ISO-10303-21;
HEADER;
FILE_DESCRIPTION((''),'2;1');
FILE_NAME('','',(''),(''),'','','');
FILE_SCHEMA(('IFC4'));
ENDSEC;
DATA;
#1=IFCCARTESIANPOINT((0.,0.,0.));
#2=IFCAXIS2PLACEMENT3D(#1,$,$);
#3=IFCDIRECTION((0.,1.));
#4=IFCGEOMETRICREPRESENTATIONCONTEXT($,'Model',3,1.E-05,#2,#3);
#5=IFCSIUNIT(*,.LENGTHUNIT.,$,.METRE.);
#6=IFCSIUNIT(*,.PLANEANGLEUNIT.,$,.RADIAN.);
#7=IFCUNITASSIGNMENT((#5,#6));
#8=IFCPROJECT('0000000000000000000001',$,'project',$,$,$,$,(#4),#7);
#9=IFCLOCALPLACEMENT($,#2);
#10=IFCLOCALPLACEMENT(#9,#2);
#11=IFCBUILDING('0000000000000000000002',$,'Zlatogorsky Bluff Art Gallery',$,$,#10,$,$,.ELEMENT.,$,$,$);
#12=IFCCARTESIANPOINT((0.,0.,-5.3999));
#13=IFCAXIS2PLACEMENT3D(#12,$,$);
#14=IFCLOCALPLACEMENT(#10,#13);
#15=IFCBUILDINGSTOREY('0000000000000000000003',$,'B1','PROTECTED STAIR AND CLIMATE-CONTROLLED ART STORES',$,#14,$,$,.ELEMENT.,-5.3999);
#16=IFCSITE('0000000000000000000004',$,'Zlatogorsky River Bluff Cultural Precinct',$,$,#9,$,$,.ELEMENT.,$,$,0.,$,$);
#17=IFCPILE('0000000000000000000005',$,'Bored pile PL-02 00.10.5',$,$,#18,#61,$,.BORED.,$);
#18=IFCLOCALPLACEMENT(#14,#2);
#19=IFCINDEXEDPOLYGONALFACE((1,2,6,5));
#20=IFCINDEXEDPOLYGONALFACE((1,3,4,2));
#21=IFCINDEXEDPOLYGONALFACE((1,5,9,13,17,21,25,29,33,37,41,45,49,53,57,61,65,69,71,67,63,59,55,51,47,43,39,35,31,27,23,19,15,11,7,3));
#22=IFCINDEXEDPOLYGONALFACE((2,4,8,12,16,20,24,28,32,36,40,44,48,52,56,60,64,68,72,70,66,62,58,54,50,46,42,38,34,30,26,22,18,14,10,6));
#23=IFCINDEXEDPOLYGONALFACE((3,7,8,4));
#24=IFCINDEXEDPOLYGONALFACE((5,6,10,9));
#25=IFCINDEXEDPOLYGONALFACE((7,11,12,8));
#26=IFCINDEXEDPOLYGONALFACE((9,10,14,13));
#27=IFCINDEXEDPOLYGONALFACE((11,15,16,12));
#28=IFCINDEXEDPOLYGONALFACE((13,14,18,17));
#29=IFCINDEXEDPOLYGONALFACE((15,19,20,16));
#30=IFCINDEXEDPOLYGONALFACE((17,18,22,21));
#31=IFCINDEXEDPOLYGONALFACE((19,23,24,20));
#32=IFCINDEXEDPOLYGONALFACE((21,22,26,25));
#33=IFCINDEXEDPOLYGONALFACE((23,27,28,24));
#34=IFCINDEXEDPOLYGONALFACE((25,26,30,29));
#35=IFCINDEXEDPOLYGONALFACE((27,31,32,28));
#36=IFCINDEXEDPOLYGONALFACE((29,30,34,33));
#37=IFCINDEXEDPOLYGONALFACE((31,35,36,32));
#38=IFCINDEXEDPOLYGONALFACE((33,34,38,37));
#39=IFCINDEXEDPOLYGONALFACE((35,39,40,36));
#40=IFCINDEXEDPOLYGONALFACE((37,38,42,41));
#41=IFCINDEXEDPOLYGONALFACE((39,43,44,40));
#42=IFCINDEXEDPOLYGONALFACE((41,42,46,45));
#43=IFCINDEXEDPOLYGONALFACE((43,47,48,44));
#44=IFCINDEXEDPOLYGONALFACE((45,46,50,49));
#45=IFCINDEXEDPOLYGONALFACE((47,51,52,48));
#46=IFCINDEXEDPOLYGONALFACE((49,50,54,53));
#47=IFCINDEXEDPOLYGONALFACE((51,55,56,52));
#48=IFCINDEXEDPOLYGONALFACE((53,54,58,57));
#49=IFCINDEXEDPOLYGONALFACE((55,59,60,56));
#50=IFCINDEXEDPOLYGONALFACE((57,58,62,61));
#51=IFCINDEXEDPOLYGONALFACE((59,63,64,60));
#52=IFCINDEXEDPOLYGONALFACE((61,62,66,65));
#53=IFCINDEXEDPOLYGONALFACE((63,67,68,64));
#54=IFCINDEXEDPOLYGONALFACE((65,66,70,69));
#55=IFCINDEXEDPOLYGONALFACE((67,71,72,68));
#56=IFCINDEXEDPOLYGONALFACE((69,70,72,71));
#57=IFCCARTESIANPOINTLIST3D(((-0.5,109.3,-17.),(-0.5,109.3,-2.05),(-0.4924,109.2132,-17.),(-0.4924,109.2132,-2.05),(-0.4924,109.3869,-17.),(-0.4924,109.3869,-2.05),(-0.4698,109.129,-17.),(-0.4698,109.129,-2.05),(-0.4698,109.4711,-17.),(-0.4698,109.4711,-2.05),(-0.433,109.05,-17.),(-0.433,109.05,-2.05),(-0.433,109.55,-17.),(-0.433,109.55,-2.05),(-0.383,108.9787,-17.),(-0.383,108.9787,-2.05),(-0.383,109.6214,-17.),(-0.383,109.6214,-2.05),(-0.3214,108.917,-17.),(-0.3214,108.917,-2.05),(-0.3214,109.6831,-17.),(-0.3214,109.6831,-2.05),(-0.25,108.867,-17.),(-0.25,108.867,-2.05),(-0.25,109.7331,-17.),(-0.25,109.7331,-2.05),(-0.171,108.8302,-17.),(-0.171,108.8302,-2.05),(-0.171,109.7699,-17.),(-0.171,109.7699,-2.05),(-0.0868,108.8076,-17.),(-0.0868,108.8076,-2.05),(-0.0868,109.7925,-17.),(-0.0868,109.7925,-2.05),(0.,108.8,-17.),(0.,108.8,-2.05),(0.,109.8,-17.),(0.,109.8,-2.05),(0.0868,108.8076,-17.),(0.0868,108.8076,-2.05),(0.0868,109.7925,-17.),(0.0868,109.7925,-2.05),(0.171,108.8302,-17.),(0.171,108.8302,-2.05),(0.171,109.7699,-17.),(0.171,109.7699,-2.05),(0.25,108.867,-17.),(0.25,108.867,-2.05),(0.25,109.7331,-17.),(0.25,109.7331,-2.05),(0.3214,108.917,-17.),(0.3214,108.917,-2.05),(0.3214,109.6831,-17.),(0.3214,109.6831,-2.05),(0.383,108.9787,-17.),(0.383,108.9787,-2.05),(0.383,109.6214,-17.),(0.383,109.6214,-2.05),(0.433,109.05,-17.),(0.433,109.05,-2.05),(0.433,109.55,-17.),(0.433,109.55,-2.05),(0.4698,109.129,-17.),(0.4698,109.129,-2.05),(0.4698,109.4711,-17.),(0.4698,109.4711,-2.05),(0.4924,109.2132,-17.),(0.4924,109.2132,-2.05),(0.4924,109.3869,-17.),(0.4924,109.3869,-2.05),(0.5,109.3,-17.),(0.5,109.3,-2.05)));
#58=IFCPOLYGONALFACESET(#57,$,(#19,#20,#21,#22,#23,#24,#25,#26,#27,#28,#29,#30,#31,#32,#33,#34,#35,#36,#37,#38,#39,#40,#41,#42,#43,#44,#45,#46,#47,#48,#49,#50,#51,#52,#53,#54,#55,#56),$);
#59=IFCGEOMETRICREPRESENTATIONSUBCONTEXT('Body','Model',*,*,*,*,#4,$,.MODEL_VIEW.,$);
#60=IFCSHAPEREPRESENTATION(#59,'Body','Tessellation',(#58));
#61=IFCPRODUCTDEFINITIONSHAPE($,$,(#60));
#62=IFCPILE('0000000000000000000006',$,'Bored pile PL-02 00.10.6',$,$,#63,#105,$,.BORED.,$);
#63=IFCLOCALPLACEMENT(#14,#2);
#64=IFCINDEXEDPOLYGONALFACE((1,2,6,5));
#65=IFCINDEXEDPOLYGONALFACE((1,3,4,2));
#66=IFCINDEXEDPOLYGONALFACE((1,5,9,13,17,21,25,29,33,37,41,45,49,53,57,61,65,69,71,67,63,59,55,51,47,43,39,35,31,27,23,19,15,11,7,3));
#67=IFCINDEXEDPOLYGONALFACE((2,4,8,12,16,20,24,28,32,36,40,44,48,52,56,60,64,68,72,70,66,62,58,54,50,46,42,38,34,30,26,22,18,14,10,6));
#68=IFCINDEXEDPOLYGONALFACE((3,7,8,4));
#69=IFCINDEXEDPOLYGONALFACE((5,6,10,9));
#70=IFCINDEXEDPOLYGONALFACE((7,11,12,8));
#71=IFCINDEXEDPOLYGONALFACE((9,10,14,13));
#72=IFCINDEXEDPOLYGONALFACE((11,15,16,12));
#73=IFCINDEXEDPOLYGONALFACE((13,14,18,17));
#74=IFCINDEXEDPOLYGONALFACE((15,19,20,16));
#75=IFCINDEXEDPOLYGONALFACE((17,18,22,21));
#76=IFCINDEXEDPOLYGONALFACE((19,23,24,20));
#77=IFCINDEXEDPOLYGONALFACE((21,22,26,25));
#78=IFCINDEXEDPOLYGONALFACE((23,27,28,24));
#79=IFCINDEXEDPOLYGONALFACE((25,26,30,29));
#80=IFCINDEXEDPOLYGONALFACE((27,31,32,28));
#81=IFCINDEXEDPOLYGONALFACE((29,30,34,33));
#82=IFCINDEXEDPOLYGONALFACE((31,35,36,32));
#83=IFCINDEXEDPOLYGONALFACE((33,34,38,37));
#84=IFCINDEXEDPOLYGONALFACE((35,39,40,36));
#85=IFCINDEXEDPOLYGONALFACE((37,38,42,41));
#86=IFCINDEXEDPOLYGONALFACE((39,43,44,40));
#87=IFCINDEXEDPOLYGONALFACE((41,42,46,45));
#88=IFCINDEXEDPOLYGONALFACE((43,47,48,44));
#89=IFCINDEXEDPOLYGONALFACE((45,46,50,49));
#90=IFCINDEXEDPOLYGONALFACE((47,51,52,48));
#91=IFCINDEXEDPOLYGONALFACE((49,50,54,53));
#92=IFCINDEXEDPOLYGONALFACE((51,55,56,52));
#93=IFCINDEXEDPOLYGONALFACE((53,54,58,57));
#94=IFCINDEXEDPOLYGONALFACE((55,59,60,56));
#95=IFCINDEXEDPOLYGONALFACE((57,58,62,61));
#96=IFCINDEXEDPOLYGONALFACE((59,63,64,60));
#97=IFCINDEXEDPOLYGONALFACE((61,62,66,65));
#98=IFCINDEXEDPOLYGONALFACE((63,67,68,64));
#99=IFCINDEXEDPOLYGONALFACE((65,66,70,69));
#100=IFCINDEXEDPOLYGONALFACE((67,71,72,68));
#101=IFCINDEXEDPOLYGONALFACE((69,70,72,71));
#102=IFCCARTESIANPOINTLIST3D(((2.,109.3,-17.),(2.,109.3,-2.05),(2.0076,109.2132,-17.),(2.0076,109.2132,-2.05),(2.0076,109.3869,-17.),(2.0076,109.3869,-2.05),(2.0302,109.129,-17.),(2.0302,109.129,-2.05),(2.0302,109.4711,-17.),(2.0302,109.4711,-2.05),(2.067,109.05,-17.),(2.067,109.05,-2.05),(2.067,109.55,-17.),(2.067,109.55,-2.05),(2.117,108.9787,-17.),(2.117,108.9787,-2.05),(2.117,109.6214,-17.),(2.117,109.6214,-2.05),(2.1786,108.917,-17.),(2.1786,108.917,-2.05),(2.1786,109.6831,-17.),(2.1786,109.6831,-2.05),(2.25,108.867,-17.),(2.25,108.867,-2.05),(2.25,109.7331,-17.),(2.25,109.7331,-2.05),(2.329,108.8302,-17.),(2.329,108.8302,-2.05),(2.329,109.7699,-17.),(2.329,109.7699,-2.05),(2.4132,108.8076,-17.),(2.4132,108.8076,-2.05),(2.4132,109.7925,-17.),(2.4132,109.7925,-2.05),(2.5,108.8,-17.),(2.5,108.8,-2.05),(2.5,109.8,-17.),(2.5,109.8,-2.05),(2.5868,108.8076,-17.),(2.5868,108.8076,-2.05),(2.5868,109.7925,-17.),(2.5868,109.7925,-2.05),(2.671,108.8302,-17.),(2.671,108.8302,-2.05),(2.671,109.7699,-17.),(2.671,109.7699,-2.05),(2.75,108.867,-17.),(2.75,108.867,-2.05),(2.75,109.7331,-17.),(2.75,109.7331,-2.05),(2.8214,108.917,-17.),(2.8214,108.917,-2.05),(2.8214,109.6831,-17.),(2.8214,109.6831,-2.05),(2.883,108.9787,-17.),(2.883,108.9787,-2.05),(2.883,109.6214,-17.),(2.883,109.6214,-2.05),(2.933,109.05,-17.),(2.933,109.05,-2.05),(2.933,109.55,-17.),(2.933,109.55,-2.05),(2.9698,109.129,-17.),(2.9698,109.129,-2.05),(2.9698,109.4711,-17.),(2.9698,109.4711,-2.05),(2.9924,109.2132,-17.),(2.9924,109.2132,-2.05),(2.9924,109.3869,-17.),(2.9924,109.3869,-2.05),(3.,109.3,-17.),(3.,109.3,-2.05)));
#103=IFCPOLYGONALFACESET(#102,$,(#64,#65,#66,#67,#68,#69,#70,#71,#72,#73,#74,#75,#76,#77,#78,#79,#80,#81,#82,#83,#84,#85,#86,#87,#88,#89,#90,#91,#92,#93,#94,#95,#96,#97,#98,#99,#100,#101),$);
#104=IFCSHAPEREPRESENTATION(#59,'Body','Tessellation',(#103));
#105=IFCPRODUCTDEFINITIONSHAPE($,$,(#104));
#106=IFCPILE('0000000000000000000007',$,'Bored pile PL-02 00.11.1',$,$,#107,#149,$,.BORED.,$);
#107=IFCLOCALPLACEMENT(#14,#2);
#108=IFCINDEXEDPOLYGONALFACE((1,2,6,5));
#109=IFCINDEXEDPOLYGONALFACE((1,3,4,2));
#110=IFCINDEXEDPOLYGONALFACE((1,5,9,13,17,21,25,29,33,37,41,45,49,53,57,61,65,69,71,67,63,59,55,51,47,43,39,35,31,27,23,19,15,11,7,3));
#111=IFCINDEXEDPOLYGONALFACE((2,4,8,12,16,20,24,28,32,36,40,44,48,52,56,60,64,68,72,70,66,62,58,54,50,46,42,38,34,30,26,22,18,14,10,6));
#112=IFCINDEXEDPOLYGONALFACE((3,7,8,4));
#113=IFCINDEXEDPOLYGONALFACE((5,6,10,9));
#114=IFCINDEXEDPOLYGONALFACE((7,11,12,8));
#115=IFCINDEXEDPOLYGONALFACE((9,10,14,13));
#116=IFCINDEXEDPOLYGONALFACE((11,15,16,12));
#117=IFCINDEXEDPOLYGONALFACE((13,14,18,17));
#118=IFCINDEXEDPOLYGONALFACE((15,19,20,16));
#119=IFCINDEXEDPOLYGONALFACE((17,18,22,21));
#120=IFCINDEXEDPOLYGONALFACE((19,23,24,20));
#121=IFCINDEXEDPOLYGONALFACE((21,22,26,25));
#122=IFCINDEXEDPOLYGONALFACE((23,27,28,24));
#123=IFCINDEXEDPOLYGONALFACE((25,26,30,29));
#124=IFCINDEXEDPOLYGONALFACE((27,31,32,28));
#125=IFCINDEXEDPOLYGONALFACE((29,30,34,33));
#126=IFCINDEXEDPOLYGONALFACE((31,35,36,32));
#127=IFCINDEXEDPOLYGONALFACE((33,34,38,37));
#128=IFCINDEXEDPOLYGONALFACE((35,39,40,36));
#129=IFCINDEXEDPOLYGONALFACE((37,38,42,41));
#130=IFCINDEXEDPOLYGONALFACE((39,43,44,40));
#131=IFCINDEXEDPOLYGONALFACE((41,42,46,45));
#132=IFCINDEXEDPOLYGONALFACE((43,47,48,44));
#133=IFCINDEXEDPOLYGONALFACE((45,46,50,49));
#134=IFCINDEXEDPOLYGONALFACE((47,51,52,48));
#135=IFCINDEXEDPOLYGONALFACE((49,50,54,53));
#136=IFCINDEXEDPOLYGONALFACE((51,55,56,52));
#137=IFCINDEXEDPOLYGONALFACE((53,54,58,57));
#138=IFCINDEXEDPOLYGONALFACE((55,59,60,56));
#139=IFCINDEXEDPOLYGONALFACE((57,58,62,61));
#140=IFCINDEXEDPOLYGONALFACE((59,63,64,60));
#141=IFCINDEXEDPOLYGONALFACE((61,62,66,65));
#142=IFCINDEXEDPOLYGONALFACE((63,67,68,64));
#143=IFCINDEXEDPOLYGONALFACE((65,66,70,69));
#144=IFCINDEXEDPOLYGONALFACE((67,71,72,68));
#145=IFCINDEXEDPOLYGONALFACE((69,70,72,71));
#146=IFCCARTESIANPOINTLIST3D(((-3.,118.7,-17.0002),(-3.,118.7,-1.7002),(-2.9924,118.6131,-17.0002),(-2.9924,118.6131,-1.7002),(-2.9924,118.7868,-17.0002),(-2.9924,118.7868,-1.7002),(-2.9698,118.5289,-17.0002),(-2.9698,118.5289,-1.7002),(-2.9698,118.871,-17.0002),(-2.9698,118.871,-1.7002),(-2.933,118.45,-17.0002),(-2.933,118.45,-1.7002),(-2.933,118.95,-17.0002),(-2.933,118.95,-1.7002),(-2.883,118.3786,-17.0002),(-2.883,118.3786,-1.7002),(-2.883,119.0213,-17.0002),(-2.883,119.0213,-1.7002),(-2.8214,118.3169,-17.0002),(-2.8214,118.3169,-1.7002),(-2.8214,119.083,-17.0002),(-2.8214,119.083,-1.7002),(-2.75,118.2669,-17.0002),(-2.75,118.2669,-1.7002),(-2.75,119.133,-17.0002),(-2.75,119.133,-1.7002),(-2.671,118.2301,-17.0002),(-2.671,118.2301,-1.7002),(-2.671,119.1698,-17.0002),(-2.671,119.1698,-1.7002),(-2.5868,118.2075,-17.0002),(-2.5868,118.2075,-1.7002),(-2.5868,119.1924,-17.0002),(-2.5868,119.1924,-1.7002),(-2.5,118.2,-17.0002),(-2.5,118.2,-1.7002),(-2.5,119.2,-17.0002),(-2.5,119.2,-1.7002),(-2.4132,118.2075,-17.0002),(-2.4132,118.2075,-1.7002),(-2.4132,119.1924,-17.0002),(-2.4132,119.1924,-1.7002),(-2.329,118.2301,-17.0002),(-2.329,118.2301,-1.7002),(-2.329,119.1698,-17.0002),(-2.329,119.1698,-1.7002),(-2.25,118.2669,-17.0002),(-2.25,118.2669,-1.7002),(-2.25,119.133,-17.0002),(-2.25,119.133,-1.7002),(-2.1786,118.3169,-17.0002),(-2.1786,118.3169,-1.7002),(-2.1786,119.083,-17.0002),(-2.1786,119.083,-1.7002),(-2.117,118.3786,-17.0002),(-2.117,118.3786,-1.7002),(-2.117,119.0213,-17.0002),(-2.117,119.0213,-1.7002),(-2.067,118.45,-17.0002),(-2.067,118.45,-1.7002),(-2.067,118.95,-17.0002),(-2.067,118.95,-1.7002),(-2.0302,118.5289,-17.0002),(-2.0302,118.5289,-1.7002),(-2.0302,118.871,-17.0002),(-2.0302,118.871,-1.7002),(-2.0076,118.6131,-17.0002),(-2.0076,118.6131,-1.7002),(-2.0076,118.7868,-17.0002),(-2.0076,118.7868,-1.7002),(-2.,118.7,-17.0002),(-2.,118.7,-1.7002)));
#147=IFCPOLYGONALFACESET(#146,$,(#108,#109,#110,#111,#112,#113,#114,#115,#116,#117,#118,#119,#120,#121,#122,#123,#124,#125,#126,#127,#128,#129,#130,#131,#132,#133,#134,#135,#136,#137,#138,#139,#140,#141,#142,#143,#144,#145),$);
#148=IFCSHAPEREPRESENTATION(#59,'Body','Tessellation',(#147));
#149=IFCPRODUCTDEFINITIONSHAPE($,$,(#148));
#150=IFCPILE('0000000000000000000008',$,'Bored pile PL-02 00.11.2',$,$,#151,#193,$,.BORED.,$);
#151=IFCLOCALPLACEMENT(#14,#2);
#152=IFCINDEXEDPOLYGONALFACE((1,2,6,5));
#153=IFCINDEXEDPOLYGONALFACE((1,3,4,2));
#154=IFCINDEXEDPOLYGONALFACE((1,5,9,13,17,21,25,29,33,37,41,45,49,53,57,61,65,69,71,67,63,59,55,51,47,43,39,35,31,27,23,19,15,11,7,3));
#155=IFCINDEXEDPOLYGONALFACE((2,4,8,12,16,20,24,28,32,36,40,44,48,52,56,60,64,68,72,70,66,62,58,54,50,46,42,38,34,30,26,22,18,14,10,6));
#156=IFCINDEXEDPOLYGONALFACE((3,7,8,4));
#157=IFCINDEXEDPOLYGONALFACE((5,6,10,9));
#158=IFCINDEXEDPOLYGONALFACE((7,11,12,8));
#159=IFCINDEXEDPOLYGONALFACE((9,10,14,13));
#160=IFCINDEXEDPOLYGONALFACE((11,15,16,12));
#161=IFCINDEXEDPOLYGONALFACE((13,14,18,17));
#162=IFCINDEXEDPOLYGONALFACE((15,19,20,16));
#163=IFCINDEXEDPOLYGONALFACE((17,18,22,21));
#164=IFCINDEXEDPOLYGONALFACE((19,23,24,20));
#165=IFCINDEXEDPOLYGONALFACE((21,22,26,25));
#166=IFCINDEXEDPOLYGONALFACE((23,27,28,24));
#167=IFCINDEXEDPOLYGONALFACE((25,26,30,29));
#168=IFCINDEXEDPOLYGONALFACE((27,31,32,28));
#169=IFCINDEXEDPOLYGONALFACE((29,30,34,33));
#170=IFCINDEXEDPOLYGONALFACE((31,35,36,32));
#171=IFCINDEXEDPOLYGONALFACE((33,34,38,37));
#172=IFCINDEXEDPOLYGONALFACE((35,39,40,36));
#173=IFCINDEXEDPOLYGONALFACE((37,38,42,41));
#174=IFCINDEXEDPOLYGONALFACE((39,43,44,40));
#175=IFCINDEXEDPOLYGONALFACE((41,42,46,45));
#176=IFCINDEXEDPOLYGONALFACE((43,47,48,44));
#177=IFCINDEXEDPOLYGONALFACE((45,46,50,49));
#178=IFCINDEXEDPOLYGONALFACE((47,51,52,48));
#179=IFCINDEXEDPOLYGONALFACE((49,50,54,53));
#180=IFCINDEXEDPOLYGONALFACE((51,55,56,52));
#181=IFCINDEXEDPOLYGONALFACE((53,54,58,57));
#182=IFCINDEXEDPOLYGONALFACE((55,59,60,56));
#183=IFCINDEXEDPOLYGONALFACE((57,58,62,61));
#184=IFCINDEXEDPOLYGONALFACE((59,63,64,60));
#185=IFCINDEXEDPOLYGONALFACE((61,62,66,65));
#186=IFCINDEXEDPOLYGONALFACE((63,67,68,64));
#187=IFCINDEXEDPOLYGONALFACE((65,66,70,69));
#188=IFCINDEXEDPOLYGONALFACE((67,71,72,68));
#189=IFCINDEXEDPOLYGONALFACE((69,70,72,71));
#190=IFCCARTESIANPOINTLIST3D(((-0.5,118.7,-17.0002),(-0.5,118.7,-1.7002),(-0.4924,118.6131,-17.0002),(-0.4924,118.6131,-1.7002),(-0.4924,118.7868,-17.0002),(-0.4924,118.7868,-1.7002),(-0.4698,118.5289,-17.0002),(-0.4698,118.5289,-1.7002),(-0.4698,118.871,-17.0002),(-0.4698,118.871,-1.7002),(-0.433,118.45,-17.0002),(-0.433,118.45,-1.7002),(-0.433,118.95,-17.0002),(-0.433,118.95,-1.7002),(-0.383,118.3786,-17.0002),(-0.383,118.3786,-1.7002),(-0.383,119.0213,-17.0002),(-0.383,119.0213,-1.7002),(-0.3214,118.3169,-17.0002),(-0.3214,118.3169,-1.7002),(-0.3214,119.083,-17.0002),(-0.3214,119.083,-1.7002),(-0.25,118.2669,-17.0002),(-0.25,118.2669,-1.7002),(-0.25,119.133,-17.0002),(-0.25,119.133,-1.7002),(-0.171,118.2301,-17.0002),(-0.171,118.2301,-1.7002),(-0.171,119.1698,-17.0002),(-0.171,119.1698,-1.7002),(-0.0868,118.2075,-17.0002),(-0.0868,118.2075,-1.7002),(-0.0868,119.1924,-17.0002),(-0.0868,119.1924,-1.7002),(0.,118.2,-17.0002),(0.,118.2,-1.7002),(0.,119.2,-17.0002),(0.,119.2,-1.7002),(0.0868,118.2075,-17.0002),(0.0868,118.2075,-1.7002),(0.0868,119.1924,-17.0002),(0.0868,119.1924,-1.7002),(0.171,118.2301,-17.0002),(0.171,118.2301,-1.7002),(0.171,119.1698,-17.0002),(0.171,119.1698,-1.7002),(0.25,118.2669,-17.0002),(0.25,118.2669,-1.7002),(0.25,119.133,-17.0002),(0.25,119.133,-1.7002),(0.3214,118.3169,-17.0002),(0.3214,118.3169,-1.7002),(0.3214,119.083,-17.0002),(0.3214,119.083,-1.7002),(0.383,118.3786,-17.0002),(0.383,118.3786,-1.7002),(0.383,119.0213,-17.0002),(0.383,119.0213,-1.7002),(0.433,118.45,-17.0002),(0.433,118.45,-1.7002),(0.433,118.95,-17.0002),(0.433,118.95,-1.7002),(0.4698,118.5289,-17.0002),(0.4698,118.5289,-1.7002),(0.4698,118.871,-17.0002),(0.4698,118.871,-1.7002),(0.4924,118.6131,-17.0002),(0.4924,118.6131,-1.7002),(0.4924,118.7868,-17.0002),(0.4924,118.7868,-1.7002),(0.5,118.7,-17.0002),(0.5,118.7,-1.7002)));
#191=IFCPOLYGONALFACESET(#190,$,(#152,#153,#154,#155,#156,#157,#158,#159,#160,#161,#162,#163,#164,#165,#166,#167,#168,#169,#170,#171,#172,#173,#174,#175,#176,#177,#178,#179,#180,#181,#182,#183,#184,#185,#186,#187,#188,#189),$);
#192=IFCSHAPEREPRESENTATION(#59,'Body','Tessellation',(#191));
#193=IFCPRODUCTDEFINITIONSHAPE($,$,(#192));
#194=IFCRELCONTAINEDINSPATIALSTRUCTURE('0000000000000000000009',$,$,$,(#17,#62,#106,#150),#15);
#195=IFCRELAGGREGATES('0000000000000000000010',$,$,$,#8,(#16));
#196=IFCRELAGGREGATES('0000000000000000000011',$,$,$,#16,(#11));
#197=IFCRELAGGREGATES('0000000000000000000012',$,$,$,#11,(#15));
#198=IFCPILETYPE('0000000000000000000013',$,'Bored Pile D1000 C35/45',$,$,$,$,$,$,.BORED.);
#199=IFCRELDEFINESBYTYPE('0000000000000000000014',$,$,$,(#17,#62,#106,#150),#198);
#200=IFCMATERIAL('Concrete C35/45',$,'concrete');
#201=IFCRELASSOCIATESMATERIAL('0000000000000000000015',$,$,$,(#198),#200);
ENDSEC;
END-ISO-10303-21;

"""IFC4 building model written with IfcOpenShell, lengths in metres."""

from ifc_helpers import new_model, si_unit, direction, frame, origin, origin_2d, place, context, subcontext, project, spatial, circle, extrude, material, material_profile, profile_set, type_object, element, save


model = new_model("IFC4")

# Units and contexts
model_context = context("Model", 3, precision=1e-05, world=origin(), true_north=direction((0.0, 1.0)))
body_context = subcontext(model_context, "Body", "Model", "MODEL_VIEW")
ifc_project = project(units=[si_unit("LENGTHUNIT", "METRE"), si_unit("PLANEANGLEUNIT", "RADIAN")], contexts=[model_context])

# Site, building, storey
site_placement = place(None, origin())
site = spatial("IfcSite", under=ifc_project, at=site_placement, Name="Zlatogorsky River Bluff Cultural Precinct", CompositionType="ELEMENT", RefElevation=0.0)
building_placement = place(site_placement, origin())
building = spatial("IfcBuilding", under=site, at=building_placement, Name="Zlatogorsky Bluff Art Gallery", CompositionType="ELEMENT")
storey_placement = place(building_placement, frame((0.0, 0.0, -5.3999)))
storey = spatial("IfcBuildingStorey", under=building, at=storey_placement, Name="B1", Description="PROTECTED STAIR AND CLIMATE-CONTROLLED ART STORES", CompositionType="ELEMENT", Elevation=-5.3999)

# Piles
ifc_material_1 = material(Name="Concrete C35/45", Category="concrete")
ifc_material_profile_1 = material_profile(ifc_material_1, circle(Radius=0.5, at=origin_2d()), Name="BORED PILE D1000")
ifc_profile_set_1 = profile_set([ifc_material_profile_1], Name="Concrete C35/45")
pile_type = type_object("IfcPileType", Name="Bored Pile D1000 C35/45", PredefinedType="BORED", material=ifc_profile_set_1)
for number, where, z_axis, x_axis, name in (
    (1, (0.0, 109.3, -2.05), (0.0, 0.0, -1.0), (1.0, 0.0, 0.0), "Bored pile PL-02 00.10.5"),
    (2, (2.5, 109.3, -2.05), (0.0, 0.0, -1.0), (1.0, 0.0, 0.0), "Bored pile PL-02 00.10.6"),
):
    element("IfcPile", number, at=place(storey_placement, frame(where, z_axis=z_axis, x_axis=x_axis)), inside=storey, type_object=pile_type, Name=name, PredefinedType="BORED", context=body_context, shape_type="SweptSolid", body=[
        extrude(circle(Radius=0.5, at=origin_2d()), origin(), (0.0, 0.0, 1.0), 14.95),
    ])
for number, where, z_axis, x_axis, name in (
    (3, (-2.5, 118.7, -1.7002), (0.0, 0.0, -1.0), (1.0, 0.0, 0.0), "Bored pile PL-02 00.11.1"),
    (4, (0.0, 118.7, -1.7002), (0.0, 0.0, -1.0), (1.0, 0.0, 0.0), "Bored pile PL-02 00.11.2"),
):
    element("IfcPile", number, at=place(storey_placement, frame(where, z_axis=z_axis, x_axis=x_axis)), inside=storey, type_object=pile_type, Name=name, PredefinedType="BORED", context=body_context, shape_type="SweptSolid", body=[
        extrude(circle(Radius=0.5, at=origin_2d()), origin(), (0.0, 0.0, 1.0), 15.3),
    ])

save(model, "model.ifc")
